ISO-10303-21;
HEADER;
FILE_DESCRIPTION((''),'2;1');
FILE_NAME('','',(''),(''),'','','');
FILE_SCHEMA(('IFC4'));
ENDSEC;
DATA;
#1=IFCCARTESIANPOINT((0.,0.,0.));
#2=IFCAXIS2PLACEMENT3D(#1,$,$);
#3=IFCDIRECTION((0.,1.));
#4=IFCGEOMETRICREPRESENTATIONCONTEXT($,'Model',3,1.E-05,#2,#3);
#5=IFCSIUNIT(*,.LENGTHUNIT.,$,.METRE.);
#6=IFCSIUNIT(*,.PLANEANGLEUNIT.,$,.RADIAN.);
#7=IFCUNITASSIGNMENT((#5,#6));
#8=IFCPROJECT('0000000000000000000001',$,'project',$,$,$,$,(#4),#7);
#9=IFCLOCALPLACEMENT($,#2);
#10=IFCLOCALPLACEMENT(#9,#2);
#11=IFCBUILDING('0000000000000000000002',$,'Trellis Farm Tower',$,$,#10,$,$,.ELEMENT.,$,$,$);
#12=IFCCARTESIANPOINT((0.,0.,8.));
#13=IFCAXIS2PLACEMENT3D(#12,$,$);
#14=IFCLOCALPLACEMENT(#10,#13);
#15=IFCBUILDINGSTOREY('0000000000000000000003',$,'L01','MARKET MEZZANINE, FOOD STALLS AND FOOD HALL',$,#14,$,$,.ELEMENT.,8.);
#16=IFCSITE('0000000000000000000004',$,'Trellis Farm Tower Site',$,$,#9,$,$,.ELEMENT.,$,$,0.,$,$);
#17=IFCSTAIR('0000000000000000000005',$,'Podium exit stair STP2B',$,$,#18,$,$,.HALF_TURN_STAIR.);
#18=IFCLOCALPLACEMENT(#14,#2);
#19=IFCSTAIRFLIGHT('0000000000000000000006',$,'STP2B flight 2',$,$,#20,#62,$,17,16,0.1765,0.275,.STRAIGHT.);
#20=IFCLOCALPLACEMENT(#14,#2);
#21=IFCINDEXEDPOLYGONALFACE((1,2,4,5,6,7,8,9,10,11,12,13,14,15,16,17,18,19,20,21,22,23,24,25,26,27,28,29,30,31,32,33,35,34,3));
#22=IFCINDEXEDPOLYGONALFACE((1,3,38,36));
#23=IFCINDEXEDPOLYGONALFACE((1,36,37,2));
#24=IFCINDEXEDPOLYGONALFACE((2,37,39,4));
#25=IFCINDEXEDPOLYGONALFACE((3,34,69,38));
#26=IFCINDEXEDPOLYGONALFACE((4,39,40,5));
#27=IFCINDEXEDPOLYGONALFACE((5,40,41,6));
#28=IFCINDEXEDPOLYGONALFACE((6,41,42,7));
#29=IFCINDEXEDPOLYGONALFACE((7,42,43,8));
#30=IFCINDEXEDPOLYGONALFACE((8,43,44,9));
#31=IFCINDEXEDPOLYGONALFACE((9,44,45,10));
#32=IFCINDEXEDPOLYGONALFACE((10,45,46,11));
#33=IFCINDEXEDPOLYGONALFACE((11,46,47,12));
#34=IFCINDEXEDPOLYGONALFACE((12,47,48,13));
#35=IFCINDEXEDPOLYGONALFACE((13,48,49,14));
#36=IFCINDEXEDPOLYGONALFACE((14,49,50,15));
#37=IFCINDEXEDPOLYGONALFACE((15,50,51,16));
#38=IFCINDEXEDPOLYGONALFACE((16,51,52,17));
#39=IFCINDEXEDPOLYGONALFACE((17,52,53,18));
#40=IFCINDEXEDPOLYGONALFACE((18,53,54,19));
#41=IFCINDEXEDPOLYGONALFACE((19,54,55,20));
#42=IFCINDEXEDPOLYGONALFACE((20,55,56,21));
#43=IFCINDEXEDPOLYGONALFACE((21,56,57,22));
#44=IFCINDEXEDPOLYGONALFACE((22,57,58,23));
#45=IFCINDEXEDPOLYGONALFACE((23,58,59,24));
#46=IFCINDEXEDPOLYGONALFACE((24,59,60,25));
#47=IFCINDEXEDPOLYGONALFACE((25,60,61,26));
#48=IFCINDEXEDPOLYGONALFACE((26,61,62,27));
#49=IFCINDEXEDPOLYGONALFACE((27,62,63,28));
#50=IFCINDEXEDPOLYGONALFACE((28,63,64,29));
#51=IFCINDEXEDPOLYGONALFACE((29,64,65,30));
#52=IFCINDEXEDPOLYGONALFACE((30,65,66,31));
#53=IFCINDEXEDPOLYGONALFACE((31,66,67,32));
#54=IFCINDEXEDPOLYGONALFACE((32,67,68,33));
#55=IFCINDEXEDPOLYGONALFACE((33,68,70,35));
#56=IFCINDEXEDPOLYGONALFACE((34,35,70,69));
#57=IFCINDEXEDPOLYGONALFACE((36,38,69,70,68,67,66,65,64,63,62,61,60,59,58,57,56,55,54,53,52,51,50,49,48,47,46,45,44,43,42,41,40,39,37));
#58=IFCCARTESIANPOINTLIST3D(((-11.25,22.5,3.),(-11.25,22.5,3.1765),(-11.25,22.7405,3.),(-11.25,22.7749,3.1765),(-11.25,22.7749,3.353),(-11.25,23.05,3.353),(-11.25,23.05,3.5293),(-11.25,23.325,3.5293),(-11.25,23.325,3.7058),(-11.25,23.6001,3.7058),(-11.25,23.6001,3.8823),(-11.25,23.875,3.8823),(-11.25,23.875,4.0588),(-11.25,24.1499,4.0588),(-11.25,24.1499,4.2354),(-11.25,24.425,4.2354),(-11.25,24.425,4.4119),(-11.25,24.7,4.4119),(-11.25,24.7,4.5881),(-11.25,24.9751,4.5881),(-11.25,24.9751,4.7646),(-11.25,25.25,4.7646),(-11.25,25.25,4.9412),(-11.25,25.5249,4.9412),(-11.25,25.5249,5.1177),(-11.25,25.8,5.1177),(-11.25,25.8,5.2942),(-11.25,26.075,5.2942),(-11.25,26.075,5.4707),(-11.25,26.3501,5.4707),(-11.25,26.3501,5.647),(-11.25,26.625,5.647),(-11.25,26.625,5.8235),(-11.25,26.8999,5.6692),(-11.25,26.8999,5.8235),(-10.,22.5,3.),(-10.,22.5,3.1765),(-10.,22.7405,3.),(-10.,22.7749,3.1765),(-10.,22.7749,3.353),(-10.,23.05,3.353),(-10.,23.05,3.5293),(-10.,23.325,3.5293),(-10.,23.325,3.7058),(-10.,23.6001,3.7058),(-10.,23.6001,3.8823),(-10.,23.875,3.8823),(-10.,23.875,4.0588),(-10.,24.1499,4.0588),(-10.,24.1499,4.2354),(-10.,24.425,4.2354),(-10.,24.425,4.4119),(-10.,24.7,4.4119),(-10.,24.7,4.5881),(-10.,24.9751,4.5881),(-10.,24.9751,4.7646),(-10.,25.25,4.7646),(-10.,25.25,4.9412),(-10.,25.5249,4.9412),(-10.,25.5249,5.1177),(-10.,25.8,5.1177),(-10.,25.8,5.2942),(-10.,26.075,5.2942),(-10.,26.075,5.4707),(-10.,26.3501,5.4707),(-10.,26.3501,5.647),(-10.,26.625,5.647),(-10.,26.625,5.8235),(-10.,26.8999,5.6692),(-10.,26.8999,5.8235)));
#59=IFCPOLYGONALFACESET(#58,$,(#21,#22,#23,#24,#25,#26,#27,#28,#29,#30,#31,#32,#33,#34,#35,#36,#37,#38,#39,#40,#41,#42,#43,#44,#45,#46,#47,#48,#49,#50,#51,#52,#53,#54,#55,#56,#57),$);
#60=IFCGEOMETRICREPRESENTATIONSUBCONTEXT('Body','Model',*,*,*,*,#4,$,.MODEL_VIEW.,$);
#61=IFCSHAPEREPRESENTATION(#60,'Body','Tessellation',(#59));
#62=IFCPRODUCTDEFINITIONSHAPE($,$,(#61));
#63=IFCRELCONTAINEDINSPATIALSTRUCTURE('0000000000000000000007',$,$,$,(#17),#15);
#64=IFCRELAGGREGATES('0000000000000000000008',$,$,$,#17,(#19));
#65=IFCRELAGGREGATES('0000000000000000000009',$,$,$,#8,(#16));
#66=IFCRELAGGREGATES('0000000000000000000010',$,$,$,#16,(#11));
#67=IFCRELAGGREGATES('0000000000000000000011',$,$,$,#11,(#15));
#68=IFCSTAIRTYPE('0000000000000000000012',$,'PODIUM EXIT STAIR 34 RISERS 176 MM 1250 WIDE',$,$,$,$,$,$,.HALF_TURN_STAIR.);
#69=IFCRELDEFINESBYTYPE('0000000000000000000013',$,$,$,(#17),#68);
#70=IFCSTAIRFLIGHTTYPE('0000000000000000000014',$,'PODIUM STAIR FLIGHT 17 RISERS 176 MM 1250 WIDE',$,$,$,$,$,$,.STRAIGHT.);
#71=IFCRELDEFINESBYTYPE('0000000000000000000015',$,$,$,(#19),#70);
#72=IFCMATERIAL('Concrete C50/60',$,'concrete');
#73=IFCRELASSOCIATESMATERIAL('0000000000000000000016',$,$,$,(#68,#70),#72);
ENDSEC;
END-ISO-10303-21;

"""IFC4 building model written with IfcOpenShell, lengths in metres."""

from ifc_helpers import new_model, si_unit, direction, frame, origin, place, context, subcontext, project, spatial, polyline, outline, extrude, source, transform, mapped, material, type_object, element, aggregate, save


model = new_model("IFC4")

# Units and contexts
model_context = context("Model", 3, precision=1e-05, world=origin(), true_north=direction((0.0, 1.0)))
body_context = subcontext(model_context, "Body", "Model", "MODEL_VIEW")
ifc_project = project(units=[si_unit("LENGTHUNIT", "METRE"), si_unit("PLANEANGLEUNIT", "RADIAN")], contexts=[model_context])

# Site, building, storey
site_placement = place(None, origin())
site = spatial("IfcSite", under=ifc_project, at=site_placement, Name="Trellis Farm Tower Site", CompositionType="ELEMENT", RefElevation=0.0)
building_placement = place(site_placement, origin())
building = spatial("IfcBuilding", under=site, at=building_placement, Name="Trellis Farm Tower", CompositionType="ELEMENT")
storey_placement = place(building_placement, frame((0.0, 0.0, 8.0)))
storey = spatial("IfcBuildingStorey", under=building, at=storey_placement, Name="L01", Description="MARKET MEZZANINE, FOOD STALLS AND FOOD HALL", CompositionType="ELEMENT", Elevation=8.0)

# Stair, stair flight
ifc_material_1 = material(Name="Concrete C50/60", Category="concrete")
stair_type = type_object("IfcStairType", Name="PODIUM EXIT STAIR 34 RISERS 176 MM 1250 WIDE", PredefinedType="HALF_TURN_STAIR", material=ifc_material_1)
placement = place(storey_placement, origin())
stair_flight_type = type_object("IfcStairFlightType", Name="PODIUM STAIR FLIGHT 17 RISERS 176 MM 1250 WIDE", PredefinedType="STRAIGHT", material=ifc_material_1)
shared_shape_1 = source(origin(), body_context, "Body", "SweptSolid", [
    extrude(outline(polyline([(0.0, 0.0), (0.0, 0.1765), (0.2749, 0.1765), (0.2749, 0.353), (0.55, 0.353), (0.55, 0.5293), (0.825, 0.5293), (0.825, 0.7058), (1.1001, 0.7058), (1.1001, 0.8823), (1.375, 0.8823), (1.375, 1.0588), (1.6499, 1.0588), (1.6499, 1.2354), (1.925, 1.2354), (1.925, 1.4119), (2.2, 1.4119), (2.2, 1.5881), (2.4751, 1.5881), (2.4751, 1.7646), (2.75, 1.7646), (2.75, 1.9412), (3.0249, 1.9412), (3.0249, 2.1177), (3.3, 2.1177), (3.3, 2.2942), (3.575, 2.2942), (3.575, 2.4707), (3.8501, 2.4707), (3.8501, 2.647), (4.125, 2.647), (4.125, 2.8235), (4.3999, 2.8235), (4.3999, 3.0), (4.3999, 2.6692), (0.2405, 0.0), (0.0, 0.0)])), frame((0.0, 0.625, 0.0), z_axis=(0.0, -1.0, 0.0), x_axis=(1.0, 0.0, 0.0)), (0.0, 0.0, 1.0), 1.25),
])
stair_1 = element("IfcStair", 1, at=placement, inside=storey, type_object=stair_type, Name="Podium exit stair STP2B", PredefinedType="HALF_TURN_STAIR")
stair_flight_1_placement = place(storey_placement, frame((-10.625, 22.5, 3.0), z_axis=(0.0, 0.0, 1.0), x_axis=(0.0, 1.0, 0.0)))
stair_flight_1 = element("IfcStairFlight", 2, at=stair_flight_1_placement, type_object=stair_flight_type, Name="STP2B flight 2", NumberOfRisers=17, NumberOfTreads=16, PredefinedType="STRAIGHT", RiserHeight=0.1765, TreadLength=0.275, context=body_context, shape_type="MappedRepresentation", body=[
    mapped(shared_shape_1, transform((0.0, 0.0, 0.0))),
])
aggregate(stair_1, [stair_flight_1])

save(model, "model.ifc")
